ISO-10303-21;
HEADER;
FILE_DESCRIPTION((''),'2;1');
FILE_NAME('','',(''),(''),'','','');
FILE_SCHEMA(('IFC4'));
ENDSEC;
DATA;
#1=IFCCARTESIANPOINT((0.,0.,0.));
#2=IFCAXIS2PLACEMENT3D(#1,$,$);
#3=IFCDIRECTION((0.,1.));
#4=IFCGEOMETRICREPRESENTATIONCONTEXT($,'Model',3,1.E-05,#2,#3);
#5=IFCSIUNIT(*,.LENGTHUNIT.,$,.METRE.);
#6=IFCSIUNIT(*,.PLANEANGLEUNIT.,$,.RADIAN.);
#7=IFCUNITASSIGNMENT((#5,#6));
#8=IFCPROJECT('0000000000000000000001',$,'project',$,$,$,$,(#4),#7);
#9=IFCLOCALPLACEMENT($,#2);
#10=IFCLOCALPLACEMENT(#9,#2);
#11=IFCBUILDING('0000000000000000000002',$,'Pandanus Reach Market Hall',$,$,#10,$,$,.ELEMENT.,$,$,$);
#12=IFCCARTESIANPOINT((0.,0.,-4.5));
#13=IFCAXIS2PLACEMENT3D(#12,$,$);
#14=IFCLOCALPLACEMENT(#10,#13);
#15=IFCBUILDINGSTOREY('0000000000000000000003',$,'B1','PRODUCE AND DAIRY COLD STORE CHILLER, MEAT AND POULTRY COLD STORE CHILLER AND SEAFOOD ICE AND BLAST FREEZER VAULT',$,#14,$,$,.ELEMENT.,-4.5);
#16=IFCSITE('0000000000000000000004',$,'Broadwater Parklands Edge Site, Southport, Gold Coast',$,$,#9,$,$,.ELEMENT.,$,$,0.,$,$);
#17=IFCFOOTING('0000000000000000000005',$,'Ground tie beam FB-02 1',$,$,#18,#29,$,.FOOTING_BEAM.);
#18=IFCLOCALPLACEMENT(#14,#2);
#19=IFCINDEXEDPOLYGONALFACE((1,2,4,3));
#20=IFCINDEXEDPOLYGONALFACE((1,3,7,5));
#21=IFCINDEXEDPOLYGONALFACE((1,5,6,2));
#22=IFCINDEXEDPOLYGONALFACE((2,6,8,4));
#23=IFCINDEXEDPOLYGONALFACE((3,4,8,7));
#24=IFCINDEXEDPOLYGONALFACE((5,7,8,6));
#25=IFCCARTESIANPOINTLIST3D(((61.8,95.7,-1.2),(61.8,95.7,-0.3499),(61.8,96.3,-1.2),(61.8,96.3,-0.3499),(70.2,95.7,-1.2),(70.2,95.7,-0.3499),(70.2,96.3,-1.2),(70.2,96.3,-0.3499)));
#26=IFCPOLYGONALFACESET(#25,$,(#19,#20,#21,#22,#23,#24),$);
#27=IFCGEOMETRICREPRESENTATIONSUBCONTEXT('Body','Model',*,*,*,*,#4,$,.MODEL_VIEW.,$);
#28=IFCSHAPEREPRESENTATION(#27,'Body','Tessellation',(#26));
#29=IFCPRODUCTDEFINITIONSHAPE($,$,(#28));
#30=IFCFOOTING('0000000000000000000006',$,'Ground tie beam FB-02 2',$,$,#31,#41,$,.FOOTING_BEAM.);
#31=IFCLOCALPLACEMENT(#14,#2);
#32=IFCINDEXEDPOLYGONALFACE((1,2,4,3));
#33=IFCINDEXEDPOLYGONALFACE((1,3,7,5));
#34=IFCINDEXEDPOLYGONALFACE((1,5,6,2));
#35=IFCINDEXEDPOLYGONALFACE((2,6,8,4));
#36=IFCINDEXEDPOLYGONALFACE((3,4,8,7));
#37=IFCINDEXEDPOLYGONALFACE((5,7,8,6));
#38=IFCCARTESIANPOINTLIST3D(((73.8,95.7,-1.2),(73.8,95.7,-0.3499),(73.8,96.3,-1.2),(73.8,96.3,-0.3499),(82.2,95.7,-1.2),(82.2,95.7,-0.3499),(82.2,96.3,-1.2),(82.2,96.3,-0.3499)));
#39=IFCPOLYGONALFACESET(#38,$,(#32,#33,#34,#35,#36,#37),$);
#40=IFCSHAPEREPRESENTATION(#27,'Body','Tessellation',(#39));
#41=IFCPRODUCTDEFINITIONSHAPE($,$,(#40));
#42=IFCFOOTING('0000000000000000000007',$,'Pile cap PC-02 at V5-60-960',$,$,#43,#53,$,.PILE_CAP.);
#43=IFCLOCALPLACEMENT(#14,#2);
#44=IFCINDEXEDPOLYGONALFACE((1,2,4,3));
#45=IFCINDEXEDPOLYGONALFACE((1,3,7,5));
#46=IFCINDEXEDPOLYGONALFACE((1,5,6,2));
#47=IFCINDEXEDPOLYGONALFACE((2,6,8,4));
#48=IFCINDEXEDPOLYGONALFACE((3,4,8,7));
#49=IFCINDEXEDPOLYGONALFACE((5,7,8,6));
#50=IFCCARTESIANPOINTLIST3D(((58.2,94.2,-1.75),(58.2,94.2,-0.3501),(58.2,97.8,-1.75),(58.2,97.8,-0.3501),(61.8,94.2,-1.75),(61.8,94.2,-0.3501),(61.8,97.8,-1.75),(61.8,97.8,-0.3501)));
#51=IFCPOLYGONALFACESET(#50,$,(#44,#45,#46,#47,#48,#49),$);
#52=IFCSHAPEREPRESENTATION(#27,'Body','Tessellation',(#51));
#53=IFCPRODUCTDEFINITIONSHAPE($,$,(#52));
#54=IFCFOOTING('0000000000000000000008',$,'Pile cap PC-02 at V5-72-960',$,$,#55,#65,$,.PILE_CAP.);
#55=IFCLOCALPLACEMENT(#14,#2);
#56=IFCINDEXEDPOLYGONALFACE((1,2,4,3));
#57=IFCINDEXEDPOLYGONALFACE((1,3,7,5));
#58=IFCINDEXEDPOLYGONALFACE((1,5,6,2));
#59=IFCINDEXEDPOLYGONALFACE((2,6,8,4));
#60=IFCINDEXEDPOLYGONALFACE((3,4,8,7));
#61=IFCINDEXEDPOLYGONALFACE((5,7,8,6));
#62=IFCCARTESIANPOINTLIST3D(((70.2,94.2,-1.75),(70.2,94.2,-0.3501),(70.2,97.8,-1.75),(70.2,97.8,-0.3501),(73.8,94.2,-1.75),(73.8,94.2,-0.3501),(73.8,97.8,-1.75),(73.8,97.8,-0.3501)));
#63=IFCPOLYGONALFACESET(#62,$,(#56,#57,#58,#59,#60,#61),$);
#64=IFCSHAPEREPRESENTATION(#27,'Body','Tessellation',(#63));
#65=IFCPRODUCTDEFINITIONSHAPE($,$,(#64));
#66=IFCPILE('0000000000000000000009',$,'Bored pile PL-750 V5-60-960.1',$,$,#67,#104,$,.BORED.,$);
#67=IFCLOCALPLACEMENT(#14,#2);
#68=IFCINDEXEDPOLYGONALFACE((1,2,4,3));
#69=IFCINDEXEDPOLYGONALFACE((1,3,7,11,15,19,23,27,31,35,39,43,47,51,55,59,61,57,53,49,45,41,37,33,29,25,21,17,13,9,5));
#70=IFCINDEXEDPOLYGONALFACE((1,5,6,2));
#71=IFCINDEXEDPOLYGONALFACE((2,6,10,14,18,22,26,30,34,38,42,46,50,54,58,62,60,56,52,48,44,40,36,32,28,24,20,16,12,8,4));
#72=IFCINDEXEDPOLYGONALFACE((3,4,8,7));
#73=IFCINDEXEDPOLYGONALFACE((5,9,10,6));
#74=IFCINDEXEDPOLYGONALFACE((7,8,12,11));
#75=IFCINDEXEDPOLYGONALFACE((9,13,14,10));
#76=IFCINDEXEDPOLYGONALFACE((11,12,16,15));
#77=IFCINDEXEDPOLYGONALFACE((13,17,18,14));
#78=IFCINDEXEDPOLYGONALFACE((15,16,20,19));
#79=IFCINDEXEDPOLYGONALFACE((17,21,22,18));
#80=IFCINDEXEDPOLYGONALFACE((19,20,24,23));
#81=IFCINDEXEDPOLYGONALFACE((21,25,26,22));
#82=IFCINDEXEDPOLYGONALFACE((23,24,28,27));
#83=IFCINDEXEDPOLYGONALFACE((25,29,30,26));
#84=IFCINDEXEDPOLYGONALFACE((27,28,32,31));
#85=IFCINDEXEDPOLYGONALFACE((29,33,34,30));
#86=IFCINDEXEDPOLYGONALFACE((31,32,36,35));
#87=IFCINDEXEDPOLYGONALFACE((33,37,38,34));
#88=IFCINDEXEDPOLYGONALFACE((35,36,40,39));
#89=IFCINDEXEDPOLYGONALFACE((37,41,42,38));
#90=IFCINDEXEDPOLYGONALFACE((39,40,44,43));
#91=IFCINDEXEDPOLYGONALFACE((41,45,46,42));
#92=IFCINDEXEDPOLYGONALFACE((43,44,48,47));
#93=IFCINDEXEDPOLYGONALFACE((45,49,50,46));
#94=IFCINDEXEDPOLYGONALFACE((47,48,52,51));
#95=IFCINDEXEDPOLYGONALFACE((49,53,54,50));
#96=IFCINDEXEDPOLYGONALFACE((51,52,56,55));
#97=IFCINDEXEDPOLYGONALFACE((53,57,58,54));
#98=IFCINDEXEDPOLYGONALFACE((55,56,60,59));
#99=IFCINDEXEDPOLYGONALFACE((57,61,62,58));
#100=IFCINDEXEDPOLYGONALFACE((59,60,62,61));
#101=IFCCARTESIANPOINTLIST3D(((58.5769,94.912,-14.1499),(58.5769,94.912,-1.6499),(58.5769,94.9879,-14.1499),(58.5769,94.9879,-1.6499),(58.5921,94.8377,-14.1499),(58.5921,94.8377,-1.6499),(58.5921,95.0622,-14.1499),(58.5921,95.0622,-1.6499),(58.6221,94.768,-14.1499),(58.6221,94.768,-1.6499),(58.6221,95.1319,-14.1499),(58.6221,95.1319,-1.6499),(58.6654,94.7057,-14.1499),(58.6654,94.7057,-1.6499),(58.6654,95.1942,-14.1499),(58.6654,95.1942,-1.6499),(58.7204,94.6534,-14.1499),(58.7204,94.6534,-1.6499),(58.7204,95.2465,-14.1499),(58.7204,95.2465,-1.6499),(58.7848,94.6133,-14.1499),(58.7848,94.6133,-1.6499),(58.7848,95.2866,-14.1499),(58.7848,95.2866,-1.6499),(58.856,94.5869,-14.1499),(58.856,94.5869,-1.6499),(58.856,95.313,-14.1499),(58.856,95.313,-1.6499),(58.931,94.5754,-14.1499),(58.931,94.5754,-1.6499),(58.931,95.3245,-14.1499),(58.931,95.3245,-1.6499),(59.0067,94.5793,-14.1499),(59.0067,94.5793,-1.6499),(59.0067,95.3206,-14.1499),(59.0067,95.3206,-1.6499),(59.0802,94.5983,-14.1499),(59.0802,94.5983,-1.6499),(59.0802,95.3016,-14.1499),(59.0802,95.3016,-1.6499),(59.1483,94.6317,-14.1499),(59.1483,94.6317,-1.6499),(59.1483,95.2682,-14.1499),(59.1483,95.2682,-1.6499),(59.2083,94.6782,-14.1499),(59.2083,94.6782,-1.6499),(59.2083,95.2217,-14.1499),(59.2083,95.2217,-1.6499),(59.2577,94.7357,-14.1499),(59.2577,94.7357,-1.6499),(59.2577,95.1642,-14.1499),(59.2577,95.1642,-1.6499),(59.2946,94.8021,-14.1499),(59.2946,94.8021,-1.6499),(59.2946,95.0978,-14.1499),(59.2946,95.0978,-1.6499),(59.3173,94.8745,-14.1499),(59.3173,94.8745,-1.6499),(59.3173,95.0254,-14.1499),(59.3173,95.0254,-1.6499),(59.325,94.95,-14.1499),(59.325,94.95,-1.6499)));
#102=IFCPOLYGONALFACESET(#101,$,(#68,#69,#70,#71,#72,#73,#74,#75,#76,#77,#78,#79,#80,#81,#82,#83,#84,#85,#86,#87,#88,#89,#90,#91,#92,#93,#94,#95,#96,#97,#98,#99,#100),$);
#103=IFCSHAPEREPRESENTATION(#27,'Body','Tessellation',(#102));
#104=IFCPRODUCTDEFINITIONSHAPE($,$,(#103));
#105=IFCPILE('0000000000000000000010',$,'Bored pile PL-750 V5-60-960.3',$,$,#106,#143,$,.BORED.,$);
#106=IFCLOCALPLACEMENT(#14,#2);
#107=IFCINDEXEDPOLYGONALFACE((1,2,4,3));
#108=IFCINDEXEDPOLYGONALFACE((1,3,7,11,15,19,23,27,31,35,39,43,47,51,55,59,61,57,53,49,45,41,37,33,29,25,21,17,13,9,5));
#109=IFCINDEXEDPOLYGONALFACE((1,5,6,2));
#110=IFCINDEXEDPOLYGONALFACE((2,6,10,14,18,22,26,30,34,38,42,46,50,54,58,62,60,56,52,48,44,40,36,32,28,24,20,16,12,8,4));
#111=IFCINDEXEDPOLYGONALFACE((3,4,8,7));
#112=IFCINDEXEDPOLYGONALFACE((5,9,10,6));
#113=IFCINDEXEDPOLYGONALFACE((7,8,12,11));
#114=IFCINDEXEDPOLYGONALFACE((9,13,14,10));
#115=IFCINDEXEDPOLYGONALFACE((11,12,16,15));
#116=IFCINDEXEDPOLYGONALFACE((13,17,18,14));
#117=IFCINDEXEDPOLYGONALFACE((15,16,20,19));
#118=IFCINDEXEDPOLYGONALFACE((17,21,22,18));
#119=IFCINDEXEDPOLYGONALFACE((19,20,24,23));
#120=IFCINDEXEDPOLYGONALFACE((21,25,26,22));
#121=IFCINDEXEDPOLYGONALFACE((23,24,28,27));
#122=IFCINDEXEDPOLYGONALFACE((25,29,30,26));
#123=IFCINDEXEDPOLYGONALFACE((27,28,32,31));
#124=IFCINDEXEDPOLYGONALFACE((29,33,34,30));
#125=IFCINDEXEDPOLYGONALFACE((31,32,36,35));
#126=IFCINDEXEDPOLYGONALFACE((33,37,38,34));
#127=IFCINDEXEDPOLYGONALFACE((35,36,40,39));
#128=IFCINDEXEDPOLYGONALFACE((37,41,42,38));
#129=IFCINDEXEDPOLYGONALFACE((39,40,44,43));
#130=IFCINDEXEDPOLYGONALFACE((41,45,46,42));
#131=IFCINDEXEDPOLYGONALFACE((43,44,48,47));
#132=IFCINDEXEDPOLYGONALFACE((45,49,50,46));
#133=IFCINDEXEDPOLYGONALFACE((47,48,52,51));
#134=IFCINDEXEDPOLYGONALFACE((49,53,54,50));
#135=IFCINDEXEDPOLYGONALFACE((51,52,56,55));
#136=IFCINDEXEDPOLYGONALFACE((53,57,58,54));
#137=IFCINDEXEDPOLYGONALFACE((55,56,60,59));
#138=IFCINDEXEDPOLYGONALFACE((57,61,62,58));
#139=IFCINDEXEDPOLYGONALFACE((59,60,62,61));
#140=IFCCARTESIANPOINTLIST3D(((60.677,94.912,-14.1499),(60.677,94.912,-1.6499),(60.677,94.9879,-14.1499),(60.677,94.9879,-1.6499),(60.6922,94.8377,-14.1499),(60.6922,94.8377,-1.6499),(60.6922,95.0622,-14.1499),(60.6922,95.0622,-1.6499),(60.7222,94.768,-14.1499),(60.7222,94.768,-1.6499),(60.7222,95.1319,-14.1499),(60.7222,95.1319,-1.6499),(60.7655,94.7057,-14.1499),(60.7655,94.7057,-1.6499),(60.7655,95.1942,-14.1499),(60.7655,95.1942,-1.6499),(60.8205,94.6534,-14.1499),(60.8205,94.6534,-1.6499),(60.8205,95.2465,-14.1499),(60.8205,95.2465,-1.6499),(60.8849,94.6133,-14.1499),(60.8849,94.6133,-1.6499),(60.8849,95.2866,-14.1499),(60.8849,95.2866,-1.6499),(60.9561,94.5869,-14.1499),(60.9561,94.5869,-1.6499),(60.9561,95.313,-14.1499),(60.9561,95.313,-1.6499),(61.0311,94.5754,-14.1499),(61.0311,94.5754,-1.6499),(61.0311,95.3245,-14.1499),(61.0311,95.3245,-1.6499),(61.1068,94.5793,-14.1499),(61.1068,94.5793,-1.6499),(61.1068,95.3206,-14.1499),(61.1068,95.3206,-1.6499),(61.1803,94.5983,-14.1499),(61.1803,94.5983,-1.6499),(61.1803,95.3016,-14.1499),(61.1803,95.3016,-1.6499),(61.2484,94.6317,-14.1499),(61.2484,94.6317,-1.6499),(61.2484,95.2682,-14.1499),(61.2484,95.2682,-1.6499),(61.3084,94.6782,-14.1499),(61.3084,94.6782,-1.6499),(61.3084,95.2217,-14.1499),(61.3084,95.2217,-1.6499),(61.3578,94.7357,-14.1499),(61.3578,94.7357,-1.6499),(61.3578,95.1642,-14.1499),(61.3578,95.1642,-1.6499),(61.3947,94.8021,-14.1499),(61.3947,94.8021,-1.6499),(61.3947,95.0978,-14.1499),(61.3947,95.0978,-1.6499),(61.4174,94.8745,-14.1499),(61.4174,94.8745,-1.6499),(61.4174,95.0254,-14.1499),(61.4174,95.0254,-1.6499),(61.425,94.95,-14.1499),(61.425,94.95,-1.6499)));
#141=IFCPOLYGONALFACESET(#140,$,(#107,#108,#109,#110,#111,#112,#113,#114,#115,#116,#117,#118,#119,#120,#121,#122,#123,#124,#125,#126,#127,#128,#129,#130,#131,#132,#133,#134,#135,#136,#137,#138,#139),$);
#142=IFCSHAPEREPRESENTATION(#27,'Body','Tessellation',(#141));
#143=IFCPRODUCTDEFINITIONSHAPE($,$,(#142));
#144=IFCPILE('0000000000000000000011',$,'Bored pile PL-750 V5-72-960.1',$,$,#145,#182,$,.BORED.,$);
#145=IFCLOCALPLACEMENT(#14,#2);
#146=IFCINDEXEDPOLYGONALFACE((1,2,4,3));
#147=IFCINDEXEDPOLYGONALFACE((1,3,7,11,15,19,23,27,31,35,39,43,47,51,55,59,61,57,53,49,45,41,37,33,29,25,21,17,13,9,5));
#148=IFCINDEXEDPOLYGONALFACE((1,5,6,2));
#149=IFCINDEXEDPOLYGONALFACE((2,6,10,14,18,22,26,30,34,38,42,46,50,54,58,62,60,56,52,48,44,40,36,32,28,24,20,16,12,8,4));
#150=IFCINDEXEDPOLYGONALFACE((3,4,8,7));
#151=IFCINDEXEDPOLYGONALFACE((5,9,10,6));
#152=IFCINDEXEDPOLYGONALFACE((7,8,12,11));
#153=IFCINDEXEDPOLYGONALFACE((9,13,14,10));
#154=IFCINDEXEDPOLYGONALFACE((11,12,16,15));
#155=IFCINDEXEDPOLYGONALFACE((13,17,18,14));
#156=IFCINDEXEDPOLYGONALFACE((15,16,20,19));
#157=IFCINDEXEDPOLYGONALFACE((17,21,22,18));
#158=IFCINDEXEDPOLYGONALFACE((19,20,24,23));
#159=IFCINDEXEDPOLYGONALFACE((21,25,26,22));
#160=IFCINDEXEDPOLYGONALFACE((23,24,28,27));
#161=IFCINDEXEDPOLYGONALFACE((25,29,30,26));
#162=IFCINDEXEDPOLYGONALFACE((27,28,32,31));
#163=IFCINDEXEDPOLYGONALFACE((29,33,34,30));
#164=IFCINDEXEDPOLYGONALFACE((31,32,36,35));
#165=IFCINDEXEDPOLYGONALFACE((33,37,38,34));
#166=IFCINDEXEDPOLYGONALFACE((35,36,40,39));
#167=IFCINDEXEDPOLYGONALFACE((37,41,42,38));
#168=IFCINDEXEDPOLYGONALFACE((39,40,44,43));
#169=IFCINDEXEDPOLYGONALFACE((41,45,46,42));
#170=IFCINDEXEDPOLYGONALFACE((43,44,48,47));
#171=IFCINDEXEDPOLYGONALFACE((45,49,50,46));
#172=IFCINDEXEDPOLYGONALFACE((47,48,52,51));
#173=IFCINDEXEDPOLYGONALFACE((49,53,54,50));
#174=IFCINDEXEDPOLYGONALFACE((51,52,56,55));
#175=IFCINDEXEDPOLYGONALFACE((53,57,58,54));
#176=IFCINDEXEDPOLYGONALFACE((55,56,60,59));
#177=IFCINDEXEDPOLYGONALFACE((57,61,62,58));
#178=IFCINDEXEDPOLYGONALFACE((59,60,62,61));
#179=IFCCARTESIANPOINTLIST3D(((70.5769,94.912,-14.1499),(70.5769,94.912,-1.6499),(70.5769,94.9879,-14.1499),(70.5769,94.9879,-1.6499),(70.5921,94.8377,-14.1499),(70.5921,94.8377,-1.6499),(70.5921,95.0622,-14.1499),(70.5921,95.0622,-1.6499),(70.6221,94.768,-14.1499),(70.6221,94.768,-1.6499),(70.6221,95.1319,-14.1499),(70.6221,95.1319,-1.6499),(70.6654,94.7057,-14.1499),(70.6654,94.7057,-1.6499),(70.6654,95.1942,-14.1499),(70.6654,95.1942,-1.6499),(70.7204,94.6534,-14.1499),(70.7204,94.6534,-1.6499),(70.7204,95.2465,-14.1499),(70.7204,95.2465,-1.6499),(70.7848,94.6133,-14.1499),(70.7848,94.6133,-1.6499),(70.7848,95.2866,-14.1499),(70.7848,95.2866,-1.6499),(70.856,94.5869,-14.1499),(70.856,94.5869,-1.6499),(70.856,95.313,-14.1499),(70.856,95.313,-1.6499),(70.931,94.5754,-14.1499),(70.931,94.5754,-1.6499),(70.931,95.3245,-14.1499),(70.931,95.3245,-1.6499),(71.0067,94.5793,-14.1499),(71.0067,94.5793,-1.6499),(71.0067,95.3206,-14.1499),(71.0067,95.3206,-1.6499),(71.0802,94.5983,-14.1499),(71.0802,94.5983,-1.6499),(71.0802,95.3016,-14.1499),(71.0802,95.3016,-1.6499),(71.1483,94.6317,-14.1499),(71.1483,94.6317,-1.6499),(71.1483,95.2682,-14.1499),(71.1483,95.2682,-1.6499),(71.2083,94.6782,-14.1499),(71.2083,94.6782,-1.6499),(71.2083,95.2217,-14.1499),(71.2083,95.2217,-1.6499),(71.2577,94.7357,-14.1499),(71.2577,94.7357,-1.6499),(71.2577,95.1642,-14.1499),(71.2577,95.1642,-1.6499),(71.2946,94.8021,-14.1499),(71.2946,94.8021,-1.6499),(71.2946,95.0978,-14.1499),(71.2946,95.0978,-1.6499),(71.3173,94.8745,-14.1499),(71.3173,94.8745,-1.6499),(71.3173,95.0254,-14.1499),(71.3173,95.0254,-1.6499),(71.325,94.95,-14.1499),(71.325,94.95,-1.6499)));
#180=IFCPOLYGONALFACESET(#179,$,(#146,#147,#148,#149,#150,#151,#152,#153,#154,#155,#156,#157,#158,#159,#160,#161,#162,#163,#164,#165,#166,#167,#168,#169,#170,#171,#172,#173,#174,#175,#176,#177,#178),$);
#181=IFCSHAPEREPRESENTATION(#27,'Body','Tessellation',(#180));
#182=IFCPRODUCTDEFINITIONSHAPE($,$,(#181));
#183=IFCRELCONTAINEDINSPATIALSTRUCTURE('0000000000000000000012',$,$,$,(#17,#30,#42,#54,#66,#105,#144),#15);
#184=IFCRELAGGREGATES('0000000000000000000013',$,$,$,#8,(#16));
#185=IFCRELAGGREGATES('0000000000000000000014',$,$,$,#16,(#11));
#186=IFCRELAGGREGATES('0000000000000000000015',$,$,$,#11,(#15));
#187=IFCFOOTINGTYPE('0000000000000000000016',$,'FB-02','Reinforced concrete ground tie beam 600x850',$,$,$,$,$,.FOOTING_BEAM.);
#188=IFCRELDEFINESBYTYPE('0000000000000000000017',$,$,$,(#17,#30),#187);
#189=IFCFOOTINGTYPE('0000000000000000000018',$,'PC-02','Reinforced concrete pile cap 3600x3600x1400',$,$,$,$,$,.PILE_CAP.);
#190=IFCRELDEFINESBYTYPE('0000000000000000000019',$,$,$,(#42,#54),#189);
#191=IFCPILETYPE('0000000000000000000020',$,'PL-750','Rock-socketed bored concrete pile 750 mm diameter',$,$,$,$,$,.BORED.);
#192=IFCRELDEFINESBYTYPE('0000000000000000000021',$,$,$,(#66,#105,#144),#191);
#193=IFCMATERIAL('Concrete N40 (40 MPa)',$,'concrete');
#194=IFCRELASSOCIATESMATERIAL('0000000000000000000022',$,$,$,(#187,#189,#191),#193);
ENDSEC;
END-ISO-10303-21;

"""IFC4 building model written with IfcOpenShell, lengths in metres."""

from ifc_helpers import new_model, si_unit, direction, frame, origin, origin_2d, place, context, subcontext, project, spatial, rectangle, circle, extrude, material, material_profile, profile_set, type_object, element, save


model = new_model("IFC4")

# Units and contexts
model_context = context("Model", 3, precision=1e-05, world=origin(), true_north=direction((0.0, 1.0)))
body_context = subcontext(model_context, "Body", "Model", "MODEL_VIEW")
ifc_project = project(units=[si_unit("LENGTHUNIT", "METRE"), si_unit("PLANEANGLEUNIT", "RADIAN")], contexts=[model_context])

# Site, building, storey
site_placement = place(None, origin())
site = spatial("IfcSite", under=ifc_project, at=site_placement, Name="Broadwater Parklands Edge Site, Southport, Gold Coast", CompositionType="ELEMENT", RefElevation=0.0)
building_placement = place(site_placement, origin())
building = spatial("IfcBuilding", under=site, at=building_placement, Name="Pandanus Reach Market Hall", CompositionType="ELEMENT")
storey_placement = place(building_placement, frame((0.0, 0.0, -4.5)))
storey = spatial("IfcBuildingStorey", under=building, at=storey_placement, Name="B1", Description="PRODUCE AND DAIRY COLD STORE CHILLER, MEAT AND POULTRY COLD STORE CHILLER AND SEAFOOD ICE AND BLAST FREEZER VAULT", CompositionType="ELEMENT", Elevation=-4.5)

# Footings
ifc_material_1 = material(Name="Concrete N40 (40 MPa)", Category="concrete")
footing_type_1 = type_object("IfcFootingType", Name="FB-02", Description="Reinforced concrete ground tie beam 600x850", PredefinedType="FOOTING_BEAM", material=ifc_material_1)
for number, where, z_axis, x_axis, name in (
    (1, (66.0, 96.0, -1.2), (0.0, 0.0, 1.0), (1.0, 0.0, 0.0), "Ground tie beam FB-02 1"),
    (2, (78.0, 96.0, -1.2), (0.0, 0.0, 1.0), (1.0, 0.0, 0.0), "Ground tie beam FB-02 2"),
):
    element("IfcFooting", number, at=place(storey_placement, frame(where, z_axis=z_axis, x_axis=x_axis)), inside=storey, type_object=footing_type_1, Name=name, PredefinedType="FOOTING_BEAM", context=body_context, shape_type="SweptSolid", body=[
        extrude(rectangle(XDim=8.3999, YDim=0.6001, at=origin_2d()), origin(), (0.0, 0.0, 1.0), 0.8501),
    ])
footing_type_2 = type_object("IfcFootingType", Name="PC-02", Description="Reinforced concrete pile cap 3600x3600x1400", PredefinedType="PILE_CAP", material=ifc_material_1)
for number, where, z_axis, x_axis, name in (
    (3, (60.0, 96.0, -1.75), (0.0, 0.0, 1.0), (1.0, 0.0, 0.0), "Pile cap PC-02 at V5-60-960"),
    (4, (72.0, 96.0, -1.75), (0.0, 0.0, 1.0), (1.0, 0.0, 0.0), "Pile cap PC-02 at V5-72-960"),
):
    element("IfcFooting", number, at=place(storey_placement, frame(where, z_axis=z_axis, x_axis=x_axis)), inside=storey, type_object=footing_type_2, Name=name, PredefinedType="PILE_CAP", context=body_context, shape_type="SweptSolid", body=[
        extrude(rectangle(XDim=3.6001, YDim=3.6001, at=origin_2d()), origin(), (0.0, 0.0, 1.0), 1.3999),
    ])

# Piles
ifc_material_profile_1 = material_profile(ifc_material_1, circle(Radius=0.375, at=origin_2d()), Name="PILE-750D", Category="LoadBearing")
ifc_profile_set_1 = profile_set([ifc_material_profile_1], Name="Concrete N40 (40 MPa)")
pile_type = type_object("IfcPileType", Name="PL-750", Description="Rock-socketed bored concrete pile 750 mm diameter", PredefinedType="BORED", material=ifc_profile_set_1)
for number, where, z_axis, x_axis, name in (
    (5, (58.95, 94.95, -1.6499), (0.0, 0.0, -1.0), (1.0, 0.0, 0.0), "Bored pile PL-750 V5-60-960.1"),
    (6, (61.05, 94.95, -1.6499), (0.0, 0.0, -1.0), (1.0, 0.0, 0.0), "Bored pile PL-750 V5-60-960.3"),
    (7, (70.95, 94.95, -1.6499), (0.0, 0.0, -1.0), (1.0, 0.0, 0.0), "Bored pile PL-750 V5-72-960.1"),
):
    element("IfcPile", number, at=place(storey_placement, frame(where, z_axis=z_axis, x_axis=x_axis)), inside=storey, type_object=pile_type, Name=name, PredefinedType="BORED", context=body_context, shape_type="SweptSolid", body=[
        extrude(circle(Radius=0.375, at=origin_2d()), origin(), (0.0, 0.0, 1.0), 12.5),
    ])

save(model, "model.ifc")
